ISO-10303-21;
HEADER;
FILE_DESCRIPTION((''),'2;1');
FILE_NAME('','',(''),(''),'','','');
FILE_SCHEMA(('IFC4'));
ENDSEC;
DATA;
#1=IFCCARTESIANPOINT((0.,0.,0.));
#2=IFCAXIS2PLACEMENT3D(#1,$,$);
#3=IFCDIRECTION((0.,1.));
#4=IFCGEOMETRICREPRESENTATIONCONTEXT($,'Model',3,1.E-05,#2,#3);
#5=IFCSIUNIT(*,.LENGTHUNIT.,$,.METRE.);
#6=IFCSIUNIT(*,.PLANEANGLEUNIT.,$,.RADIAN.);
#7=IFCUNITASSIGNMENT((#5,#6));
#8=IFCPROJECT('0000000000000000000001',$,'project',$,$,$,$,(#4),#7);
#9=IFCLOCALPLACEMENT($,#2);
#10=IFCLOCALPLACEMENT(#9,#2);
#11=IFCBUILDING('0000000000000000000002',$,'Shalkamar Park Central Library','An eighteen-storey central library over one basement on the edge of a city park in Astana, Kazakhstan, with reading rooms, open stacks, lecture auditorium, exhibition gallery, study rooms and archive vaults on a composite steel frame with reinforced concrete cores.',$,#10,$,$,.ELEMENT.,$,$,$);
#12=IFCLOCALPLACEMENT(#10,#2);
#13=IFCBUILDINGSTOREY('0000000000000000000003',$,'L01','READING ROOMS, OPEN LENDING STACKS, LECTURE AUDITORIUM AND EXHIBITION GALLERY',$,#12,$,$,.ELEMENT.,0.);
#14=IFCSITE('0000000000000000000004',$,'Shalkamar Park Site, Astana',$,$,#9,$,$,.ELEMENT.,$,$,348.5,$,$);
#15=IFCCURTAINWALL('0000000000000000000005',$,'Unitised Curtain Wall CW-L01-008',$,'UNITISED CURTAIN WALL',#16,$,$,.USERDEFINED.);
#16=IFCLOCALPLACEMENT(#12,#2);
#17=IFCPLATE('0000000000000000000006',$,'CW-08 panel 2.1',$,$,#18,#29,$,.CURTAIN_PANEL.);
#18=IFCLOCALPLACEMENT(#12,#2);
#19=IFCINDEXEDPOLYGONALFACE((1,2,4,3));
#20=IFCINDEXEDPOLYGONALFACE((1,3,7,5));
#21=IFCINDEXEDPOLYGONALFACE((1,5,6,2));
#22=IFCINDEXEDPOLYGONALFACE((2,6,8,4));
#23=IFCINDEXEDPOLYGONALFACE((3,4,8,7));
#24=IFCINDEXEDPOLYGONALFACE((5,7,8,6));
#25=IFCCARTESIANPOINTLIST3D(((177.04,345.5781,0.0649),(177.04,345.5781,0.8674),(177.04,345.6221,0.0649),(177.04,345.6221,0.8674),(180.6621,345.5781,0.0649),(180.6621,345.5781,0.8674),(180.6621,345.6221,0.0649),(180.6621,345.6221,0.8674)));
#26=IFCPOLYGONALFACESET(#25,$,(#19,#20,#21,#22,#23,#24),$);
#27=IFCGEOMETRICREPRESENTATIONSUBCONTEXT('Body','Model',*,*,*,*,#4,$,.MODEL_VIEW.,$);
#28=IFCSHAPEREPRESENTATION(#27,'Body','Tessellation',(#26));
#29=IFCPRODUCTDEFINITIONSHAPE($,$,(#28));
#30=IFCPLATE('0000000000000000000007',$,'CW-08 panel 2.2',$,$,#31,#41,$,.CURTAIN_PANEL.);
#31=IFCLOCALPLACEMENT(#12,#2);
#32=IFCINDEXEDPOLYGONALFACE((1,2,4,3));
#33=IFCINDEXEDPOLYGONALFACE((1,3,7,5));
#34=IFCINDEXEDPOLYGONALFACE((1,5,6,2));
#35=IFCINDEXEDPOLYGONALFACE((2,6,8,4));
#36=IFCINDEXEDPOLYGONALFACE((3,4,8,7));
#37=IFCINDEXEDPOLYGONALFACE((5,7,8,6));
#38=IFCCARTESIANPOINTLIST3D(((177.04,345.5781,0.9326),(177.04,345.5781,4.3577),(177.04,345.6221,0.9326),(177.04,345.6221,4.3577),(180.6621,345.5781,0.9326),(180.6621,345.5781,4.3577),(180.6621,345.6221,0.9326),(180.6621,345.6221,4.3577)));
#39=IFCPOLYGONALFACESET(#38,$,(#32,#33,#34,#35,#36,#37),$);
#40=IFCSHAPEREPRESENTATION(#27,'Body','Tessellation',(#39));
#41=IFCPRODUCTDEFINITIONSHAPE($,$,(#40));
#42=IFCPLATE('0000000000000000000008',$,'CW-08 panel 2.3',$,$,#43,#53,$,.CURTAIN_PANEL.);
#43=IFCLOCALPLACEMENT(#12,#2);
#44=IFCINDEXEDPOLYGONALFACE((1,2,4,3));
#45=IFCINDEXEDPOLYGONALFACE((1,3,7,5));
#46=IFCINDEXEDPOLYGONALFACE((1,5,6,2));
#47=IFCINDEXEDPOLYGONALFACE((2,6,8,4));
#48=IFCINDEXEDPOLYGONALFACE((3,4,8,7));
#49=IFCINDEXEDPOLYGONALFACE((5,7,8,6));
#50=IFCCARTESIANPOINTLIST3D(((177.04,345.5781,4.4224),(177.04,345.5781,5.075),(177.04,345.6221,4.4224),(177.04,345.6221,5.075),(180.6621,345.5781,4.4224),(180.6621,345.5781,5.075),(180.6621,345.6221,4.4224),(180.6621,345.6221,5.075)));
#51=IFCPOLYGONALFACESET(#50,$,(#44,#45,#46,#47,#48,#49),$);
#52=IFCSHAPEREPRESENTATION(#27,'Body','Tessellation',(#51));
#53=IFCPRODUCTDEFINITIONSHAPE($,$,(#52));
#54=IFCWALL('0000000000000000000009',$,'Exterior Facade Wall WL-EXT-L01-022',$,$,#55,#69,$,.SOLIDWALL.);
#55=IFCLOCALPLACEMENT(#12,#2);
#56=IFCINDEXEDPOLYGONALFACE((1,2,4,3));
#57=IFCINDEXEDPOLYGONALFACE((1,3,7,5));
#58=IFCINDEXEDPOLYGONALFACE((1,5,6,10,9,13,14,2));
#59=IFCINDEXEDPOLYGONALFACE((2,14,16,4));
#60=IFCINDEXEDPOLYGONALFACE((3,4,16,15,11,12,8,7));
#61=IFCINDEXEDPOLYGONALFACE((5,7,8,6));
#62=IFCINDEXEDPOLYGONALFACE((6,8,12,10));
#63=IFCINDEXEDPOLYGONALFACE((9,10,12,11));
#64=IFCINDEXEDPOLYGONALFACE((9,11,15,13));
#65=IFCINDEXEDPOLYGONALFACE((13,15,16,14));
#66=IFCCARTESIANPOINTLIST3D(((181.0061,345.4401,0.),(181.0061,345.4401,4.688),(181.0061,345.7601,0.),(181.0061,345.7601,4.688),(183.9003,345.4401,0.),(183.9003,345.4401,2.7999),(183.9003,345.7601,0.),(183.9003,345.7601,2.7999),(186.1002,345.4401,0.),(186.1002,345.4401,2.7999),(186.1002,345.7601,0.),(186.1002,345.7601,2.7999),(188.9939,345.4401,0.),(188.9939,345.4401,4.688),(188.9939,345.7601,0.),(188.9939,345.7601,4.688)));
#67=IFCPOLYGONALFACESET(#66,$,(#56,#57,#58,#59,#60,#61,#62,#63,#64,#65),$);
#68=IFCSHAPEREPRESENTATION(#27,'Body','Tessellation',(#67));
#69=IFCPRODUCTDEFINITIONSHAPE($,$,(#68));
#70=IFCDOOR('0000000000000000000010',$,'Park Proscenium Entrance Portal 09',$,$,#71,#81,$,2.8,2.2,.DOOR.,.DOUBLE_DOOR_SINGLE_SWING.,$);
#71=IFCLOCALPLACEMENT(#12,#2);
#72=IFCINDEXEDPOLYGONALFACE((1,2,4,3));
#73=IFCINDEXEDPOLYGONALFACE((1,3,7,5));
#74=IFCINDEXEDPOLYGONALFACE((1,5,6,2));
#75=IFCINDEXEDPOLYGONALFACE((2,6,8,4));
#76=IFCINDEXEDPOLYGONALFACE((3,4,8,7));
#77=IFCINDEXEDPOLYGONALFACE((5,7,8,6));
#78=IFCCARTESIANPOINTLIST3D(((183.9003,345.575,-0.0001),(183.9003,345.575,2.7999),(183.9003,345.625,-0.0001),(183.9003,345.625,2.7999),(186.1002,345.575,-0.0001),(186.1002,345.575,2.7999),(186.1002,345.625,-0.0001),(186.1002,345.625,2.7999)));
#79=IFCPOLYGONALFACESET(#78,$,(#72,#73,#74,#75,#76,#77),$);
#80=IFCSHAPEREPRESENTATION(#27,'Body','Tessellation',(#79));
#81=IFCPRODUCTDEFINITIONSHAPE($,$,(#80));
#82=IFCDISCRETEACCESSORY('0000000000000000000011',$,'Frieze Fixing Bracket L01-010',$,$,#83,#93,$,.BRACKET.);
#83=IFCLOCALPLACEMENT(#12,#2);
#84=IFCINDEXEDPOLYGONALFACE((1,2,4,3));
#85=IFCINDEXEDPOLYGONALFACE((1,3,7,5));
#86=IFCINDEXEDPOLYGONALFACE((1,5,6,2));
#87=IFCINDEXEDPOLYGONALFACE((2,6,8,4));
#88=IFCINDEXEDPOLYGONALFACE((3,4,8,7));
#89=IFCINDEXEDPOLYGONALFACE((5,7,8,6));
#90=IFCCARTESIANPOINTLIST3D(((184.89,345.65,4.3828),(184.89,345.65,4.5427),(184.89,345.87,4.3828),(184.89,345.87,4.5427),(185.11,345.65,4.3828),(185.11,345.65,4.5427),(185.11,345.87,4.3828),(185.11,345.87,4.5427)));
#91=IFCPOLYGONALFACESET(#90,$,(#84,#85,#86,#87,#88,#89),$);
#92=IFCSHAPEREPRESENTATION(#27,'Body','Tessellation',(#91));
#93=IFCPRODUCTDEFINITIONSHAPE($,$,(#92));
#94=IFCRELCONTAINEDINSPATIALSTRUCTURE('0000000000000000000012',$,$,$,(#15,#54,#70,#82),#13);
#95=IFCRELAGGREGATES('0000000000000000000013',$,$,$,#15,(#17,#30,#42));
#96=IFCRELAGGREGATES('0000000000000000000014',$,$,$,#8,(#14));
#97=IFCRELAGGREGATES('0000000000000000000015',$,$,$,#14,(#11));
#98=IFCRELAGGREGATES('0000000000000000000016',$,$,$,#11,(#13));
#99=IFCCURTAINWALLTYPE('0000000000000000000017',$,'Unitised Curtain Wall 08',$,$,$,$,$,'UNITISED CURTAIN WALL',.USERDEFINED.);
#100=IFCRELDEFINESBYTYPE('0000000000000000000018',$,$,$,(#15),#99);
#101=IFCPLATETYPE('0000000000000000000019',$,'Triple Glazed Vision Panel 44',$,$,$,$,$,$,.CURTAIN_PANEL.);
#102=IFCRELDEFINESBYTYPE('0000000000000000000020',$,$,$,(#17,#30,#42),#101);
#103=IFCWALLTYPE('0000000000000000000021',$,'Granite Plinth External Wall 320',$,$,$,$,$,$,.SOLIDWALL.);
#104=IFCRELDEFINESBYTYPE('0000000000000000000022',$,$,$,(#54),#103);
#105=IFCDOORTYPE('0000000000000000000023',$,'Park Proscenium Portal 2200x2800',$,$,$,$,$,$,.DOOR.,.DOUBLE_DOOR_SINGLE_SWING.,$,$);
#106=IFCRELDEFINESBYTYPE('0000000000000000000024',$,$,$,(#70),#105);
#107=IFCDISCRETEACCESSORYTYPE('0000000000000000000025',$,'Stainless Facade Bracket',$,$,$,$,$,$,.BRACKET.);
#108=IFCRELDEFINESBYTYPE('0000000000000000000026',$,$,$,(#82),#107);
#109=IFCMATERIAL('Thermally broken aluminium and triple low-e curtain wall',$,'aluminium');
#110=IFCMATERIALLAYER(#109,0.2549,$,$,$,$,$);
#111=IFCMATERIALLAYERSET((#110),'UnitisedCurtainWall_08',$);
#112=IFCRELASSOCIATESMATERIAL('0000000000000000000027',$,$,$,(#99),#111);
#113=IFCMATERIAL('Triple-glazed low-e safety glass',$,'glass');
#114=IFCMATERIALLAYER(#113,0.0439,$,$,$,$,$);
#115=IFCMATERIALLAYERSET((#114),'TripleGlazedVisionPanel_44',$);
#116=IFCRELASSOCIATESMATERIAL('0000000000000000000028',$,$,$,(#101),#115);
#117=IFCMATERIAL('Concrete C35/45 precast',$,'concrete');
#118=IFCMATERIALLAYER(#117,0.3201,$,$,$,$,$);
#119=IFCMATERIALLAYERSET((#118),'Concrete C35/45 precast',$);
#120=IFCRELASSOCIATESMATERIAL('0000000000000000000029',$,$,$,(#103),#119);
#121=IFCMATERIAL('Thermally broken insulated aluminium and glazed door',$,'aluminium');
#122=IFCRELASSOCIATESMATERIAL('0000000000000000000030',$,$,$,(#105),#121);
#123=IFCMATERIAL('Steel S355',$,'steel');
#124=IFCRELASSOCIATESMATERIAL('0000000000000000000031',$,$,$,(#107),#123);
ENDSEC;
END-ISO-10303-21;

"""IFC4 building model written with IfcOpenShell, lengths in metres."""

from ifc_helpers import new_model, si_unit, direction, frame, frame_2d, origin, origin_2d, place, context, subcontext, project, spatial, rectangle, extrude, material, layer, layer_set, type_object, element, fill, aggregate, save


model = new_model("IFC4")

# Units and contexts
model_context = context("Model", 3, precision=1e-05, world=origin(), true_north=direction((0.0, 1.0)))
body_context = subcontext(model_context, "Body", "Model", "MODEL_VIEW")
ifc_project = project(units=[si_unit("LENGTHUNIT", "METRE"), si_unit("PLANEANGLEUNIT", "RADIAN")], contexts=[model_context])

# Site, building, storey
site_placement = place(None, origin())
site = spatial("IfcSite", under=ifc_project, at=site_placement, Name="Shalkamar Park Site, Astana", CompositionType="ELEMENT", RefElevation=348.5)
building_placement = place(site_placement, origin())
building = spatial("IfcBuilding", under=site, at=building_placement, Name="Shalkamar Park Central Library", Description="An eighteen-storey central library over one basement on the edge of a city park in Astana, Kazakhstan, with reading rooms, open stacks, lecture auditorium, exhibition gallery, study rooms and archive vaults on a composite steel frame with reinforced concrete cores.", CompositionType="ELEMENT")
storey_placement = place(building_placement, origin())
storey = spatial("IfcBuildingStorey", under=building, at=storey_placement, Name="L01", Description="READING ROOMS, OPEN LENDING STACKS, LECTURE AUDITORIUM AND EXHIBITION GALLERY", CompositionType="ELEMENT", Elevation=0.0)

# Shared definitions
ifc_material_1 = material(Name="Steel S355", Category="steel")

# Curtain wall
ifc_material_2 = material(Name="Thermally broken aluminium and triple low-e curtain wall", Category="aluminium")
ifc_layer_1 = layer(ifc_material_2, 0.2549)
ifc_layer_set_1 = layer_set([ifc_layer_1], Name="UnitisedCurtainWall_08")
curtain_wall_type = type_object("IfcCurtainWallType", Name="Unitised Curtain Wall 08", ElementType="UNITISED CURTAIN WALL", PredefinedType="USERDEFINED", material=ifc_layer_set_1)
curtain_wall_placement = place(storey_placement, origin())
curtain_wall = element("IfcCurtainWall", 1, at=curtain_wall_placement, inside=storey, type_object=curtain_wall_type, Name="Unitised Curtain Wall CW-L01-008", ObjectType="UNITISED CURTAIN WALL", PredefinedType="USERDEFINED")

# Plates
ifc_material_3 = material(Name="Triple-glazed low-e safety glass", Category="glass")
ifc_layer_2 = layer(ifc_material_3, 0.0439)
ifc_layer_set_2 = layer_set([ifc_layer_2], Name="TripleGlazedVisionPanel_44")
plate_type_1 = type_object("IfcPlateType", Name="Triple Glazed Vision Panel 44", PredefinedType="CURTAIN_PANEL", material=ifc_layer_set_2)
plate_1_placement = place(storey_placement, frame((178.8511, 345.6001, 0.0649), z_axis=(0.0, 0.0, 1.0), x_axis=(1.0, 0.0, 0.0)))
plate_1 = element("IfcPlate", 2, at=plate_1_placement, type_object=plate_type_1, Name="CW-08 panel 2.1", PredefinedType="CURTAIN_PANEL", context=body_context, shape_type="SweptSolid", body=[
    extrude(rectangle(XDim=3.6221, YDim=0.0439, at=origin_2d()), origin(), (0.0, 0.0, 1.0), 0.8025),
])
plate_2_placement = place(storey_placement, frame((178.8511, 345.6001, 0.9326), z_axis=(0.0, 0.0, 1.0), x_axis=(1.0, 0.0, 0.0)))
plate_2 = element("IfcPlate", 3, at=plate_2_placement, type_object=plate_type_1, Name="CW-08 panel 2.2", PredefinedType="CURTAIN_PANEL", context=body_context, shape_type="SweptSolid", body=[
    extrude(rectangle(XDim=3.6221, YDim=0.0439, at=origin_2d()), origin(), (0.0, 0.0, 1.0), 3.425),
])
plate_3_placement = place(storey_placement, frame((178.8511, 345.6001, 4.4224), z_axis=(0.0, 0.0, 1.0), x_axis=(1.0, 0.0, 0.0)))
plate_3 = element("IfcPlate", 4, at=plate_3_placement, type_object=plate_type_1, Name="CW-08 panel 2.3", PredefinedType="CURTAIN_PANEL", context=body_context, shape_type="SweptSolid", body=[
    extrude(rectangle(XDim=3.6221, YDim=0.0439, at=origin_2d()), origin(), (0.0, 0.0, 1.0), 0.6526),
])
aggregate(curtain_wall, [plate_1, plate_2, plate_3])

# Wall, opening, door
ifc_material_4 = material(Name="Concrete C35/45 precast", Category="concrete")
ifc_layer_3 = layer(ifc_material_4, 0.3201)
ifc_layer_set_3 = layer_set([ifc_layer_3], Name="Concrete C35/45 precast")
wall_type = type_object("IfcWallType", Name="Granite Plinth External Wall 320", PredefinedType="SOLIDWALL", material=ifc_layer_set_3)
wall_placement = place(storey_placement, frame((181.0061, 345.6001, 0.0), z_axis=(0.0, 0.0, 1.0), x_axis=(1.0, 0.0, 0.0)))
wall = element("IfcWall", 5, at=wall_placement, inside=storey, type_object=wall_type, Name="Exterior Facade Wall WL-EXT-L01-022", PredefinedType="SOLIDWALL", context=body_context, shape_type="SweptSolid", body=[
    extrude(rectangle(XDim=7.9878, YDim=0.3201, at=frame_2d((3.9939, 0.0))), origin(), (0.0, 0.0, 1.0), 4.688),
])
opening_placement = place(wall_placement, frame((2.894, 0.0, 0.0)))
opening = element("IfcOpeningElement", 6, at=opening_placement, cuts=wall, PredefinedType="OPENING", context=body_context, shape_type="SweptSolid", body=[
    extrude(rectangle(XDim=2.2, YDim=2.8, at=frame_2d((1.1001, 1.3999))), frame((0.0, 0.1748, 0.0), z_axis=(0.0, -1.0, 0.0), x_axis=(1.0, 0.0, 0.0)), (0.0, 0.0, 1.0), 0.3499),
])
ifc_material_5 = material(Name="Thermally broken insulated aluminium and glazed door", Category="aluminium")
door_type = type_object("IfcDoorType", Name="Park Proscenium Portal 2200x2800", OperationType="DOUBLE_DOOR_SINGLE_SWING", PredefinedType="DOOR", material=ifc_material_5)
door_placement = place(opening_placement, origin())
door = element("IfcDoor", 7, at=door_placement, inside=storey, type_object=door_type, Name="Park Proscenium Entrance Portal 09", OperationType="DOUBLE_DOOR_SINGLE_SWING", OverallHeight=2.8, OverallWidth=2.2, PredefinedType="DOOR", context=body_context, shape_type="SweptSolid", body=[
    extrude(rectangle(XDim=2.2, YDim=2.8, at=frame_2d((1.1001, 1.3999))), frame((0.0, 0.0249, 0.0), z_axis=(0.0, -1.0, 0.0), x_axis=(1.0, 0.0, 0.0)), (0.0, 0.0, 1.0), 0.05),
])
fill(opening, door)

# Discrete accessory
discrete_accessory_type = type_object("IfcDiscreteAccessoryType", Name="Stainless Facade Bracket", PredefinedType="BRACKET", material=ifc_material_1)
discrete_accessory_placement = place(storey_placement, frame((185.0, 345.76, 4.3828), z_axis=(0.0, 0.0, 1.0), x_axis=(1.0, 0.0, 0.0)))
element("IfcDiscreteAccessory", 8, at=discrete_accessory_placement, inside=storey, type_object=discrete_accessory_type, Name="Frieze Fixing Bracket L01-010", PredefinedType="BRACKET", context=body_context, shape_type="SweptSolid", body=[
    extrude(rectangle(XDim=0.22, YDim=0.22, at=origin_2d()), origin(), (0.0, 0.0, 1.0), 0.1599),
])

save(model, "model.ifc")
